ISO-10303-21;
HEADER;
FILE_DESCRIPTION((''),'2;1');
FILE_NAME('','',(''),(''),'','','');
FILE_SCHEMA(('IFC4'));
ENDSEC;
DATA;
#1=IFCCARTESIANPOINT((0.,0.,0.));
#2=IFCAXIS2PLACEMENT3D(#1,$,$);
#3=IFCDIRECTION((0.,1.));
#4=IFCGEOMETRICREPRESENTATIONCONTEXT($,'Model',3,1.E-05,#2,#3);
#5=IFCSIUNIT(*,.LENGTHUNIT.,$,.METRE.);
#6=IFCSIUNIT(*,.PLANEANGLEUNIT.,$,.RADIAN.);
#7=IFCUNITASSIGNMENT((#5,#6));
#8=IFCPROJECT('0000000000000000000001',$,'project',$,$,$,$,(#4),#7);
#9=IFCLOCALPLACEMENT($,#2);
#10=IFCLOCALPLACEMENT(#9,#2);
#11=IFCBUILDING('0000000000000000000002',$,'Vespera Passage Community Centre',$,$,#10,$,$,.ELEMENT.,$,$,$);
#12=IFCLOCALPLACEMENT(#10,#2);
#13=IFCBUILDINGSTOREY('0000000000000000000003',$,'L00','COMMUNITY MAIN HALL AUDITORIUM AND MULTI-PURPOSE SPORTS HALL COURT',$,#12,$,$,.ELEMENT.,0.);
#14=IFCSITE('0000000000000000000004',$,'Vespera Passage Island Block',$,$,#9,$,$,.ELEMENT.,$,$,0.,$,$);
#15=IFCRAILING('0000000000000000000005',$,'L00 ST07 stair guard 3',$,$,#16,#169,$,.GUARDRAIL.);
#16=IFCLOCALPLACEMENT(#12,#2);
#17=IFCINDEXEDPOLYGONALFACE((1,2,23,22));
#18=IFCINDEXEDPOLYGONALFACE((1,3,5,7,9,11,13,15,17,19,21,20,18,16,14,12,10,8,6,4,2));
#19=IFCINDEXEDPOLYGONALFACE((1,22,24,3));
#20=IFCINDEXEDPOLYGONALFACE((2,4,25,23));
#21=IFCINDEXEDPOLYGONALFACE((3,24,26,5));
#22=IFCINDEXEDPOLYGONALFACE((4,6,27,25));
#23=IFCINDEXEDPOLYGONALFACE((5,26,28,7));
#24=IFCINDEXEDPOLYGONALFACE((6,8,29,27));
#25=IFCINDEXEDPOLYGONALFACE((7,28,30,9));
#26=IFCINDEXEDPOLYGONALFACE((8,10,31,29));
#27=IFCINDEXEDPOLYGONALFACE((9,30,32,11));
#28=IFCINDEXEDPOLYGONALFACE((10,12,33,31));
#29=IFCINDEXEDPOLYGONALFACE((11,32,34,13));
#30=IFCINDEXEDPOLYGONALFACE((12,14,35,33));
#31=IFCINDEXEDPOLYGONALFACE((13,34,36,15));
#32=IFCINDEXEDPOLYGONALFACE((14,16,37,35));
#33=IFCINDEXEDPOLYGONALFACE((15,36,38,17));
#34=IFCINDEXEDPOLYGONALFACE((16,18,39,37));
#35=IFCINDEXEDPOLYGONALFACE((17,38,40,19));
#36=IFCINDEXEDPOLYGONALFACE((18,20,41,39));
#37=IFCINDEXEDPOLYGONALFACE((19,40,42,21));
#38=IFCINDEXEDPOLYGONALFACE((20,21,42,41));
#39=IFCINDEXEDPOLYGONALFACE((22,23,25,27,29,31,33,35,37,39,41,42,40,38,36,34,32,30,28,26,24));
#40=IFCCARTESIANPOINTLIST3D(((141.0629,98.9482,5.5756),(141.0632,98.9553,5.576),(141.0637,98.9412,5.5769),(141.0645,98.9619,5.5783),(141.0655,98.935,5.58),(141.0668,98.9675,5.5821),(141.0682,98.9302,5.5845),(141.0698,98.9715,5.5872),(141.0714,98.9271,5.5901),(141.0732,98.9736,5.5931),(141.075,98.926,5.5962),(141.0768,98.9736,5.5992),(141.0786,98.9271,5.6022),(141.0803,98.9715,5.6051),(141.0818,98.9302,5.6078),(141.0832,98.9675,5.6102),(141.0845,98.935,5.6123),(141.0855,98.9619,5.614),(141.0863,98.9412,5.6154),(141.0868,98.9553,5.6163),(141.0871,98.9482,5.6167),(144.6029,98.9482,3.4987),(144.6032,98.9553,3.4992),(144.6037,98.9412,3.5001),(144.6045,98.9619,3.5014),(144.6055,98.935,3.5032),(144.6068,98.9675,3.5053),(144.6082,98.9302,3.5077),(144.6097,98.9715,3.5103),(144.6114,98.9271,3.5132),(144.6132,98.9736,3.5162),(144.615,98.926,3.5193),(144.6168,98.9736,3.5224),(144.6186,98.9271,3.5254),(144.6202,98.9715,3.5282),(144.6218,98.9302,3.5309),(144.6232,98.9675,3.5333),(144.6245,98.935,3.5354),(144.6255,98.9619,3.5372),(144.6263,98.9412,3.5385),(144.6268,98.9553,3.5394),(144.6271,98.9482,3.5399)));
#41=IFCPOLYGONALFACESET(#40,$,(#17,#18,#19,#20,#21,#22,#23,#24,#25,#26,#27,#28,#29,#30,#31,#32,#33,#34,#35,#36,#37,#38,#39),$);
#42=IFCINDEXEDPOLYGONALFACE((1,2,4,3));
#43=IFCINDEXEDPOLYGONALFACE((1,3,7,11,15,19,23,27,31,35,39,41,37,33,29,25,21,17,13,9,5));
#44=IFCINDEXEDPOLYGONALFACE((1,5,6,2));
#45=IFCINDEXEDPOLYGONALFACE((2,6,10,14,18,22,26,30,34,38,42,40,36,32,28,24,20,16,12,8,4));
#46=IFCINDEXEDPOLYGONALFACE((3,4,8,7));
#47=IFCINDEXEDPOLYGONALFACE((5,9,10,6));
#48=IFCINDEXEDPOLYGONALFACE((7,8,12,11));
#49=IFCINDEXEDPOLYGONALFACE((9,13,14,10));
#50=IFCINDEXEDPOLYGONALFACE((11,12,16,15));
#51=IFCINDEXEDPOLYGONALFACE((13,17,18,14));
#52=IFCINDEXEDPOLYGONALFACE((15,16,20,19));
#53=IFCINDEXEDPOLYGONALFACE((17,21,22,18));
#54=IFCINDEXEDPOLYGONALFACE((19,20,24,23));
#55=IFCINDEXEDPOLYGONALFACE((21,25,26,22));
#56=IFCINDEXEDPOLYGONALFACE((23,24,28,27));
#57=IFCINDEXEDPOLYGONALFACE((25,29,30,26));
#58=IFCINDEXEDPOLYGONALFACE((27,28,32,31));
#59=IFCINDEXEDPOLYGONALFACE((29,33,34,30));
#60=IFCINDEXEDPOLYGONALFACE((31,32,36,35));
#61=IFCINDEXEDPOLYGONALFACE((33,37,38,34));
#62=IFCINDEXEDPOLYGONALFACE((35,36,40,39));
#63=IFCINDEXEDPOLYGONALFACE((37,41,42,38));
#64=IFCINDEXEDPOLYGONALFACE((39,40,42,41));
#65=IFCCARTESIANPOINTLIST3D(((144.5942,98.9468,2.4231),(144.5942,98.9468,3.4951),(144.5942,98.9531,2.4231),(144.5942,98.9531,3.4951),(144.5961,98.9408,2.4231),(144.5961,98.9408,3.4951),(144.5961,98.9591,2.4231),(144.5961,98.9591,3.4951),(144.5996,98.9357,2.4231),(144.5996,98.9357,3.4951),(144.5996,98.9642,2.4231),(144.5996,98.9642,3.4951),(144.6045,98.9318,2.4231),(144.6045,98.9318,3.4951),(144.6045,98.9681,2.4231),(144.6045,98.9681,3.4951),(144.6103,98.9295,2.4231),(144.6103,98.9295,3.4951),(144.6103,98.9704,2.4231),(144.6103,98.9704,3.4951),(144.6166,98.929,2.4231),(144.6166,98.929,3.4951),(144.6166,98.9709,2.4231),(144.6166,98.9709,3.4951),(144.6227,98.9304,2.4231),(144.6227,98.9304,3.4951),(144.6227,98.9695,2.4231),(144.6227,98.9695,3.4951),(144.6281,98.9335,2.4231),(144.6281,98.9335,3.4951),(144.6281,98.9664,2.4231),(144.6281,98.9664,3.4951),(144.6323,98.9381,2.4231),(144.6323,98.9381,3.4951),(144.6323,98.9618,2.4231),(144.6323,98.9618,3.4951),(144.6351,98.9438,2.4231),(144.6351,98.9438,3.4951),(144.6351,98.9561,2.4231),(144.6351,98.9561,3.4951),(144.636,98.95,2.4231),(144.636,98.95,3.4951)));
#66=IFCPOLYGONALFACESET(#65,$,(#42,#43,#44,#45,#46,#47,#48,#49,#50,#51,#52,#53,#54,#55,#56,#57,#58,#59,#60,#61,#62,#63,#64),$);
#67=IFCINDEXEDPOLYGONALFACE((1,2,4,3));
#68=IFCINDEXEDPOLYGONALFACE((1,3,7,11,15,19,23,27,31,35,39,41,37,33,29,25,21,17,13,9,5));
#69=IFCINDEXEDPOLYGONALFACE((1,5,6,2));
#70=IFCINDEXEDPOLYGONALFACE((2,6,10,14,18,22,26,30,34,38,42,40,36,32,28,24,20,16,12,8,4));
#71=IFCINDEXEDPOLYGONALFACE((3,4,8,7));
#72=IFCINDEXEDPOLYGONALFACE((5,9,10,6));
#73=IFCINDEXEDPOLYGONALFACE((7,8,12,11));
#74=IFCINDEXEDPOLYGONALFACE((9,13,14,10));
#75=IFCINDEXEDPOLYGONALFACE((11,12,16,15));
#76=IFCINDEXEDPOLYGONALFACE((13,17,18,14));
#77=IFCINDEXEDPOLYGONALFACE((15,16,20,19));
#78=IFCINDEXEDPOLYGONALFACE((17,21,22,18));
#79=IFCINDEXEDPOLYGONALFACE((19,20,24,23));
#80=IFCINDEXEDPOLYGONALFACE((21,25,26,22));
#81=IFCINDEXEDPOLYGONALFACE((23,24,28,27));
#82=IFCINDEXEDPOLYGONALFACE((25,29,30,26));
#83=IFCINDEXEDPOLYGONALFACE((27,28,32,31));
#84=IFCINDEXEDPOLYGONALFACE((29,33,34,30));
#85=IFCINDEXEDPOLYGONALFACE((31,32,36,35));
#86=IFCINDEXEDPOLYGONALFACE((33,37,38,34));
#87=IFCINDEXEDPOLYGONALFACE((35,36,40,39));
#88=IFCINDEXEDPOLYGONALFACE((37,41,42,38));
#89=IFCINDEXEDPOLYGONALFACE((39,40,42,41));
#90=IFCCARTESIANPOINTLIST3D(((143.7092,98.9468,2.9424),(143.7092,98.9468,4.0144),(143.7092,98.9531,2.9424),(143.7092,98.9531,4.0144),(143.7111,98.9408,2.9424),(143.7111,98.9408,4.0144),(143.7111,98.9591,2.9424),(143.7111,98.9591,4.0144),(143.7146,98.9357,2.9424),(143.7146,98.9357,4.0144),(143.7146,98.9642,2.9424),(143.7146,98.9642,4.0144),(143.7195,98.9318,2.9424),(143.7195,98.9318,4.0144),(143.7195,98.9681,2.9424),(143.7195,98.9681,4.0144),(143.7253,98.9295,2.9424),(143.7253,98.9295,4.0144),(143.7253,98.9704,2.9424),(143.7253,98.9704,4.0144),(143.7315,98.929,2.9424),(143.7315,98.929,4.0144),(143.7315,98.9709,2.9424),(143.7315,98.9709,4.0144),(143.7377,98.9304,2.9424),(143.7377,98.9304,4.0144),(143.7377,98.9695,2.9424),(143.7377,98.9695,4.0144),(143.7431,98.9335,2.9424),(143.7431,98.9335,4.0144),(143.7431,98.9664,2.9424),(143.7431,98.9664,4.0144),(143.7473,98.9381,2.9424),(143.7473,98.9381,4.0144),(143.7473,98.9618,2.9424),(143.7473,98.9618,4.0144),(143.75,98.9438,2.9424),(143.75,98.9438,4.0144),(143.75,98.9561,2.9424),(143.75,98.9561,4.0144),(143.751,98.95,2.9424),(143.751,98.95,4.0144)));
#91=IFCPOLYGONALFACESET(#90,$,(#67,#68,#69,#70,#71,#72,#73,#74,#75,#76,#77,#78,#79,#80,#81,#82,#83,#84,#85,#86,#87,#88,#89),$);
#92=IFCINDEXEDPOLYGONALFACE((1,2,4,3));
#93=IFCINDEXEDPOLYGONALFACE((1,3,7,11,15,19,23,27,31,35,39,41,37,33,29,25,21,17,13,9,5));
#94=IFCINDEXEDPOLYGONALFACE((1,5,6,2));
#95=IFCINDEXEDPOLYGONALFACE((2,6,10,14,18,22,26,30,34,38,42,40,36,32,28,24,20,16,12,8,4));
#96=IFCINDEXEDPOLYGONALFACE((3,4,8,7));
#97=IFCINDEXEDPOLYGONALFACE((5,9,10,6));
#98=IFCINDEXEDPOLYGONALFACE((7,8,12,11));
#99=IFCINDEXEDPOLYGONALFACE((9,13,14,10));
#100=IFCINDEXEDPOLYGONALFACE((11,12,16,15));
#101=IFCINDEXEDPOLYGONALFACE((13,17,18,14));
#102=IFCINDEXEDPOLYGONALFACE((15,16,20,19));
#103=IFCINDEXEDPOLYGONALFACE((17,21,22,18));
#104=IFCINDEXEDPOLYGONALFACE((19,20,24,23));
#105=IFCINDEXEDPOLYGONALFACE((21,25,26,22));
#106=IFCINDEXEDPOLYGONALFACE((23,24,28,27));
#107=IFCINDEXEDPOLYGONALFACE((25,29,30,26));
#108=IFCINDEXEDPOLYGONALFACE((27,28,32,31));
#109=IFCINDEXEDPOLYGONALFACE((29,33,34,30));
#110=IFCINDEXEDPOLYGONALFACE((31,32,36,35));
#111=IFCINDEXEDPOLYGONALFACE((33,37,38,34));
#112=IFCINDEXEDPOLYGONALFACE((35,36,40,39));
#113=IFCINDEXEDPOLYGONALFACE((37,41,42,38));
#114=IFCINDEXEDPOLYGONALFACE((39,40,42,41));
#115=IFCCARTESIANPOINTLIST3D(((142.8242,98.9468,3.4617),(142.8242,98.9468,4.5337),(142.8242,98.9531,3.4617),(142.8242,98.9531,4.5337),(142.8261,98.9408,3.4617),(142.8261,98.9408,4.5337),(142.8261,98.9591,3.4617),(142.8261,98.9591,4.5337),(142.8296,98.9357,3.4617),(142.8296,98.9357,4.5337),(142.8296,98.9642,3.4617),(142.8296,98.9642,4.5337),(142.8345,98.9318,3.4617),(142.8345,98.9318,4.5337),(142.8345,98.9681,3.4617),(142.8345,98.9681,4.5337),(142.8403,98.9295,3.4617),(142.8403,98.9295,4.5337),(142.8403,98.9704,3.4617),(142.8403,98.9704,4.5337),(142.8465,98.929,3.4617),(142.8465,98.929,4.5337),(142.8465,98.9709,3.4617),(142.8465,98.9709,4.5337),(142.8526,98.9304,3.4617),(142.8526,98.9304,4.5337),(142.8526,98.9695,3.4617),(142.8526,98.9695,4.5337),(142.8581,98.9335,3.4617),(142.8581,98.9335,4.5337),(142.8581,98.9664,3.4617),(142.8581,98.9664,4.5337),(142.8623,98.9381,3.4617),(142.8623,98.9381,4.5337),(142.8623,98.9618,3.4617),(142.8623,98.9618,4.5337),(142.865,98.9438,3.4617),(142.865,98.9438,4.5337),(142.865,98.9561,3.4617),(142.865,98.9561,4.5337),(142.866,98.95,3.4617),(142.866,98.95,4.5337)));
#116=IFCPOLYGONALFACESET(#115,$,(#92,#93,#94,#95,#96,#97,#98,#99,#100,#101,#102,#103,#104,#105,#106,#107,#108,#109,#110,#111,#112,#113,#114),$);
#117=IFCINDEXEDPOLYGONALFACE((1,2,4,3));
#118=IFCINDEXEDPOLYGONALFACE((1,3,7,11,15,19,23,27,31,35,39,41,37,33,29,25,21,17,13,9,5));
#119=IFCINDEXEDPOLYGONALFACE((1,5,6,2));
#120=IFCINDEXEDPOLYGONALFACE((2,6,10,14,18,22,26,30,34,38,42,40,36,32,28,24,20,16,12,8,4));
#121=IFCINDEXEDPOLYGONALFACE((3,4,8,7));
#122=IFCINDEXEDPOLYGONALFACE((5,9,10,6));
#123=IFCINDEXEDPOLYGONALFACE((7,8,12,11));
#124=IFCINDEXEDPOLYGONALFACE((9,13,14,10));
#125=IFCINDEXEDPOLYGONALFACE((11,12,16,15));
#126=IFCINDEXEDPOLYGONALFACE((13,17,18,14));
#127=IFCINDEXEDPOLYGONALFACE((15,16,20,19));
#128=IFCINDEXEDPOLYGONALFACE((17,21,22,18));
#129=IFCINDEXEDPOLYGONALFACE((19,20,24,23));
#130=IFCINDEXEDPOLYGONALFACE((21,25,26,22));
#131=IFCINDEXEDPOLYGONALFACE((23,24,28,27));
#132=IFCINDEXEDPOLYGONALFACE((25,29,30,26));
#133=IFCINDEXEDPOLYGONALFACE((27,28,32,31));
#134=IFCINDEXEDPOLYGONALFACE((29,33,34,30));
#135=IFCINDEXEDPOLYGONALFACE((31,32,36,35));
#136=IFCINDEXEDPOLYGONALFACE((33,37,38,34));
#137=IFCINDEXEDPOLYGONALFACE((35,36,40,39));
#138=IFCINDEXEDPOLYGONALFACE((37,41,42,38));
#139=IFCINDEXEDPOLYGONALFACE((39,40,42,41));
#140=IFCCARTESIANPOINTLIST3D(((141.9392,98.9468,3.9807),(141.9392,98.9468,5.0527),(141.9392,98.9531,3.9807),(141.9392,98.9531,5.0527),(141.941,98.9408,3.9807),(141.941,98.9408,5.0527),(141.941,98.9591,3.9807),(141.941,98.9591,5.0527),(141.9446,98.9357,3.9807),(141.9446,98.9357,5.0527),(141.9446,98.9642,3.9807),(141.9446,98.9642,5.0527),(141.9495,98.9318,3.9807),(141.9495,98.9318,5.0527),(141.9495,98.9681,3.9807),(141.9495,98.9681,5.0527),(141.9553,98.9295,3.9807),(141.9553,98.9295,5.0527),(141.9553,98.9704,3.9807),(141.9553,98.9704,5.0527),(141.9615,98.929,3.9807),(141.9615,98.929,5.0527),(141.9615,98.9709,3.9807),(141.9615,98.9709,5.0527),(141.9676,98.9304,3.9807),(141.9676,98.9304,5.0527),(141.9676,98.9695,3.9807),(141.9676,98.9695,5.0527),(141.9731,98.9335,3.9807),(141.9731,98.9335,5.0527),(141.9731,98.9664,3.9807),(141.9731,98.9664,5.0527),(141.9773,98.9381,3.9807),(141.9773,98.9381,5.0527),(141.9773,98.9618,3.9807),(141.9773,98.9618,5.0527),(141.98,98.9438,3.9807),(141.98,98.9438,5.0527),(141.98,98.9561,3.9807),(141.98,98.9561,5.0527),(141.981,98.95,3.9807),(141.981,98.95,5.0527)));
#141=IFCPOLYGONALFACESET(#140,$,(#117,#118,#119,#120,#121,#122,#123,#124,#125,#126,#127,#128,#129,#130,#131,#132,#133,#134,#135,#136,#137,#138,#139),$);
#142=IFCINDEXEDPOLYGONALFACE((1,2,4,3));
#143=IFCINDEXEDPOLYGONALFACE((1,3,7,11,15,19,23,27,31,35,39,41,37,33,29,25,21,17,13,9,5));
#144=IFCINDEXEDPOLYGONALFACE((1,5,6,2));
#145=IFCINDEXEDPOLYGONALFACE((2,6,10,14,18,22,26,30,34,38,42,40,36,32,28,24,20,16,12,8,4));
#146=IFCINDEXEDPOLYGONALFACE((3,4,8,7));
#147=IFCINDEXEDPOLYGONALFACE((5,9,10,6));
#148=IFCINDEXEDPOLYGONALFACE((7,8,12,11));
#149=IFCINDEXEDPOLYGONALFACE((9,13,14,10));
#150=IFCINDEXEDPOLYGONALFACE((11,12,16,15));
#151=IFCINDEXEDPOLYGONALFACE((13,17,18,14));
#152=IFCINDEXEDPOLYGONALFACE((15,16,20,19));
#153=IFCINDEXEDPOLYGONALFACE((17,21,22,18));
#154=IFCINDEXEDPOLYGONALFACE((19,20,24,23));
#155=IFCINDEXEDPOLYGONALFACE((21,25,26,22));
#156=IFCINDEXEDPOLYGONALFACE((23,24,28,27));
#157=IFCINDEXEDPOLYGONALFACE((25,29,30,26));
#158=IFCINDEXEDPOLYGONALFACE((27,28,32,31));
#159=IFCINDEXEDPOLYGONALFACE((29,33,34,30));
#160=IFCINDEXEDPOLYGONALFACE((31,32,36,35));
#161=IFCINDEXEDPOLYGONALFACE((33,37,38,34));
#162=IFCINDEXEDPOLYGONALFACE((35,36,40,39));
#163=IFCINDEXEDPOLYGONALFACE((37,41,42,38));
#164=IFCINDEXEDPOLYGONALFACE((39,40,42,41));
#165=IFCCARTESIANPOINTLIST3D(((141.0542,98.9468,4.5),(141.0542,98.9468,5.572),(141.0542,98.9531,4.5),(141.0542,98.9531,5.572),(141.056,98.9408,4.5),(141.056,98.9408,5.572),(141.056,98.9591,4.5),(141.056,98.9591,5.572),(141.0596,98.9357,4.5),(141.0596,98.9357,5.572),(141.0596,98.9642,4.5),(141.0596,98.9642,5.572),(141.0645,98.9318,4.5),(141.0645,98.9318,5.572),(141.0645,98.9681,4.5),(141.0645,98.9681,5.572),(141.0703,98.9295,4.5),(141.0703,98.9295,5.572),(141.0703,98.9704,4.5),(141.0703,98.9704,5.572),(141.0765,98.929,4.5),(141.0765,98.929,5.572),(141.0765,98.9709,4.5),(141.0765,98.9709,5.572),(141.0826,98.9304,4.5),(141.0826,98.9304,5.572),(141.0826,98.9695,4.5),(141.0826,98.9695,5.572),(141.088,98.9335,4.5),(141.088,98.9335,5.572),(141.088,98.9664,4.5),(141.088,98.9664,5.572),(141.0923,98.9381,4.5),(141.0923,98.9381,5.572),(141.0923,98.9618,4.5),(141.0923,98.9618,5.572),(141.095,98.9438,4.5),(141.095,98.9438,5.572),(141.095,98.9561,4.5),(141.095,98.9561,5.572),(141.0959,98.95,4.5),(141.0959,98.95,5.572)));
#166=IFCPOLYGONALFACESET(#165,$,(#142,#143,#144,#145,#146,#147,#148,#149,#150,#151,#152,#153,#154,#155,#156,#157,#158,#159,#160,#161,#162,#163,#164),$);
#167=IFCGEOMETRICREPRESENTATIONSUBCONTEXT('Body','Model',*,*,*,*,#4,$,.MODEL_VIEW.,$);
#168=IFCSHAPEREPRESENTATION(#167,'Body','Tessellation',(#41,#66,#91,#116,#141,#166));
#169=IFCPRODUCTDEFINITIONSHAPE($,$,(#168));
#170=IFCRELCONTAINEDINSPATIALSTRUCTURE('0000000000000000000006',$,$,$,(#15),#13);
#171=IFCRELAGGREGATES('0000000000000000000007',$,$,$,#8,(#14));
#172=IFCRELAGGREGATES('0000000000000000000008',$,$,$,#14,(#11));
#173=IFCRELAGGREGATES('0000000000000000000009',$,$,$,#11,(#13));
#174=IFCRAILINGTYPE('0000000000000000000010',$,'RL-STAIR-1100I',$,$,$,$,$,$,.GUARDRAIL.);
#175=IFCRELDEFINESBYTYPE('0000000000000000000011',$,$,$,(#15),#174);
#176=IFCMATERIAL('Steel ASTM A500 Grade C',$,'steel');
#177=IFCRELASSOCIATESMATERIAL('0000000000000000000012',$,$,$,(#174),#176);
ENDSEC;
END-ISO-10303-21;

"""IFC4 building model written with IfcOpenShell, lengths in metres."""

from ifc_helpers import new_model, si_unit, direction, frame, origin, origin_2d, place, context, subcontext, project, spatial, circle, extrude, material, type_object, element, save


model = new_model("IFC4")

# Units and contexts
model_context = context("Model", 3, precision=1e-05, world=origin(), true_north=direction((0.0, 1.0)))
body_context = subcontext(model_context, "Body", "Model", "MODEL_VIEW")
ifc_project = project(units=[si_unit("LENGTHUNIT", "METRE"), si_unit("PLANEANGLEUNIT", "RADIAN")], contexts=[model_context])

# Site, building, storey
site_placement = place(None, origin())
site = spatial("IfcSite", under=ifc_project, at=site_placement, Name="Vespera Passage Island Block", CompositionType="ELEMENT", RefElevation=0.0)
building_placement = place(site_placement, origin())
building = spatial("IfcBuilding", under=site, at=building_placement, Name="Vespera Passage Community Centre", CompositionType="ELEMENT")
storey_placement = place(building_placement, origin())
storey = spatial("IfcBuildingStorey", under=building, at=storey_placement, Name="L00", Description="COMMUNITY MAIN HALL AUDITORIUM AND MULTI-PURPOSE SPORTS HALL COURT", CompositionType="ELEMENT", Elevation=0.0)

# Railing
ifc_material_1 = material(Name="Steel ASTM A500 Grade C", Category="steel")
railing_type_1 = type_object("IfcRailingType", Name="RL-STAIR-1100I", PredefinedType="GUARDRAIL", material=ifc_material_1)
railing_1_placement = place(storey_placement, frame((144.615, 98.95, 2.4231)))
element("IfcRailing", 1, at=railing_1_placement, inside=storey, type_object=railing_type_1, Name="L00 ST07 stair guard 3", PredefinedType="GUARDRAIL", context=body_context, shape_type="SweptSolid", body=[
    extrude(circle(Radius=0.0239, at=origin_2d()), frame((0.0, 0.0, 1.0962), z_axis=(-0.862516, 0.0, 0.506029), x_axis=(0.0, -1.0, 0.0)), (0.0, 0.0, 1.0), 4.1042),
    extrude(circle(Radius=0.021, at=origin_2d()), origin(), (0.0, 0.0, 1.0), 1.072),
    extrude(circle(Radius=0.021, at=origin_2d()), frame((-0.885, 0.0, 0.5193)), (0.0, 0.0, 1.0), 1.072),
    extrude(circle(Radius=0.021, at=origin_2d()), frame((-1.77, 0.0, 1.0386)), (0.0, 0.0, 1.0), 1.072),
    extrude(circle(Radius=0.021, at=origin_2d()), frame((-2.655, 0.0, 1.5576)), (0.0, 0.0, 1.0), 1.072),
    extrude(circle(Radius=0.021, at=origin_2d()), frame((-3.54, 0.0, 2.0769)), (0.0, 0.0, 1.0), 1.072),
])

save(model, "model.ifc")
